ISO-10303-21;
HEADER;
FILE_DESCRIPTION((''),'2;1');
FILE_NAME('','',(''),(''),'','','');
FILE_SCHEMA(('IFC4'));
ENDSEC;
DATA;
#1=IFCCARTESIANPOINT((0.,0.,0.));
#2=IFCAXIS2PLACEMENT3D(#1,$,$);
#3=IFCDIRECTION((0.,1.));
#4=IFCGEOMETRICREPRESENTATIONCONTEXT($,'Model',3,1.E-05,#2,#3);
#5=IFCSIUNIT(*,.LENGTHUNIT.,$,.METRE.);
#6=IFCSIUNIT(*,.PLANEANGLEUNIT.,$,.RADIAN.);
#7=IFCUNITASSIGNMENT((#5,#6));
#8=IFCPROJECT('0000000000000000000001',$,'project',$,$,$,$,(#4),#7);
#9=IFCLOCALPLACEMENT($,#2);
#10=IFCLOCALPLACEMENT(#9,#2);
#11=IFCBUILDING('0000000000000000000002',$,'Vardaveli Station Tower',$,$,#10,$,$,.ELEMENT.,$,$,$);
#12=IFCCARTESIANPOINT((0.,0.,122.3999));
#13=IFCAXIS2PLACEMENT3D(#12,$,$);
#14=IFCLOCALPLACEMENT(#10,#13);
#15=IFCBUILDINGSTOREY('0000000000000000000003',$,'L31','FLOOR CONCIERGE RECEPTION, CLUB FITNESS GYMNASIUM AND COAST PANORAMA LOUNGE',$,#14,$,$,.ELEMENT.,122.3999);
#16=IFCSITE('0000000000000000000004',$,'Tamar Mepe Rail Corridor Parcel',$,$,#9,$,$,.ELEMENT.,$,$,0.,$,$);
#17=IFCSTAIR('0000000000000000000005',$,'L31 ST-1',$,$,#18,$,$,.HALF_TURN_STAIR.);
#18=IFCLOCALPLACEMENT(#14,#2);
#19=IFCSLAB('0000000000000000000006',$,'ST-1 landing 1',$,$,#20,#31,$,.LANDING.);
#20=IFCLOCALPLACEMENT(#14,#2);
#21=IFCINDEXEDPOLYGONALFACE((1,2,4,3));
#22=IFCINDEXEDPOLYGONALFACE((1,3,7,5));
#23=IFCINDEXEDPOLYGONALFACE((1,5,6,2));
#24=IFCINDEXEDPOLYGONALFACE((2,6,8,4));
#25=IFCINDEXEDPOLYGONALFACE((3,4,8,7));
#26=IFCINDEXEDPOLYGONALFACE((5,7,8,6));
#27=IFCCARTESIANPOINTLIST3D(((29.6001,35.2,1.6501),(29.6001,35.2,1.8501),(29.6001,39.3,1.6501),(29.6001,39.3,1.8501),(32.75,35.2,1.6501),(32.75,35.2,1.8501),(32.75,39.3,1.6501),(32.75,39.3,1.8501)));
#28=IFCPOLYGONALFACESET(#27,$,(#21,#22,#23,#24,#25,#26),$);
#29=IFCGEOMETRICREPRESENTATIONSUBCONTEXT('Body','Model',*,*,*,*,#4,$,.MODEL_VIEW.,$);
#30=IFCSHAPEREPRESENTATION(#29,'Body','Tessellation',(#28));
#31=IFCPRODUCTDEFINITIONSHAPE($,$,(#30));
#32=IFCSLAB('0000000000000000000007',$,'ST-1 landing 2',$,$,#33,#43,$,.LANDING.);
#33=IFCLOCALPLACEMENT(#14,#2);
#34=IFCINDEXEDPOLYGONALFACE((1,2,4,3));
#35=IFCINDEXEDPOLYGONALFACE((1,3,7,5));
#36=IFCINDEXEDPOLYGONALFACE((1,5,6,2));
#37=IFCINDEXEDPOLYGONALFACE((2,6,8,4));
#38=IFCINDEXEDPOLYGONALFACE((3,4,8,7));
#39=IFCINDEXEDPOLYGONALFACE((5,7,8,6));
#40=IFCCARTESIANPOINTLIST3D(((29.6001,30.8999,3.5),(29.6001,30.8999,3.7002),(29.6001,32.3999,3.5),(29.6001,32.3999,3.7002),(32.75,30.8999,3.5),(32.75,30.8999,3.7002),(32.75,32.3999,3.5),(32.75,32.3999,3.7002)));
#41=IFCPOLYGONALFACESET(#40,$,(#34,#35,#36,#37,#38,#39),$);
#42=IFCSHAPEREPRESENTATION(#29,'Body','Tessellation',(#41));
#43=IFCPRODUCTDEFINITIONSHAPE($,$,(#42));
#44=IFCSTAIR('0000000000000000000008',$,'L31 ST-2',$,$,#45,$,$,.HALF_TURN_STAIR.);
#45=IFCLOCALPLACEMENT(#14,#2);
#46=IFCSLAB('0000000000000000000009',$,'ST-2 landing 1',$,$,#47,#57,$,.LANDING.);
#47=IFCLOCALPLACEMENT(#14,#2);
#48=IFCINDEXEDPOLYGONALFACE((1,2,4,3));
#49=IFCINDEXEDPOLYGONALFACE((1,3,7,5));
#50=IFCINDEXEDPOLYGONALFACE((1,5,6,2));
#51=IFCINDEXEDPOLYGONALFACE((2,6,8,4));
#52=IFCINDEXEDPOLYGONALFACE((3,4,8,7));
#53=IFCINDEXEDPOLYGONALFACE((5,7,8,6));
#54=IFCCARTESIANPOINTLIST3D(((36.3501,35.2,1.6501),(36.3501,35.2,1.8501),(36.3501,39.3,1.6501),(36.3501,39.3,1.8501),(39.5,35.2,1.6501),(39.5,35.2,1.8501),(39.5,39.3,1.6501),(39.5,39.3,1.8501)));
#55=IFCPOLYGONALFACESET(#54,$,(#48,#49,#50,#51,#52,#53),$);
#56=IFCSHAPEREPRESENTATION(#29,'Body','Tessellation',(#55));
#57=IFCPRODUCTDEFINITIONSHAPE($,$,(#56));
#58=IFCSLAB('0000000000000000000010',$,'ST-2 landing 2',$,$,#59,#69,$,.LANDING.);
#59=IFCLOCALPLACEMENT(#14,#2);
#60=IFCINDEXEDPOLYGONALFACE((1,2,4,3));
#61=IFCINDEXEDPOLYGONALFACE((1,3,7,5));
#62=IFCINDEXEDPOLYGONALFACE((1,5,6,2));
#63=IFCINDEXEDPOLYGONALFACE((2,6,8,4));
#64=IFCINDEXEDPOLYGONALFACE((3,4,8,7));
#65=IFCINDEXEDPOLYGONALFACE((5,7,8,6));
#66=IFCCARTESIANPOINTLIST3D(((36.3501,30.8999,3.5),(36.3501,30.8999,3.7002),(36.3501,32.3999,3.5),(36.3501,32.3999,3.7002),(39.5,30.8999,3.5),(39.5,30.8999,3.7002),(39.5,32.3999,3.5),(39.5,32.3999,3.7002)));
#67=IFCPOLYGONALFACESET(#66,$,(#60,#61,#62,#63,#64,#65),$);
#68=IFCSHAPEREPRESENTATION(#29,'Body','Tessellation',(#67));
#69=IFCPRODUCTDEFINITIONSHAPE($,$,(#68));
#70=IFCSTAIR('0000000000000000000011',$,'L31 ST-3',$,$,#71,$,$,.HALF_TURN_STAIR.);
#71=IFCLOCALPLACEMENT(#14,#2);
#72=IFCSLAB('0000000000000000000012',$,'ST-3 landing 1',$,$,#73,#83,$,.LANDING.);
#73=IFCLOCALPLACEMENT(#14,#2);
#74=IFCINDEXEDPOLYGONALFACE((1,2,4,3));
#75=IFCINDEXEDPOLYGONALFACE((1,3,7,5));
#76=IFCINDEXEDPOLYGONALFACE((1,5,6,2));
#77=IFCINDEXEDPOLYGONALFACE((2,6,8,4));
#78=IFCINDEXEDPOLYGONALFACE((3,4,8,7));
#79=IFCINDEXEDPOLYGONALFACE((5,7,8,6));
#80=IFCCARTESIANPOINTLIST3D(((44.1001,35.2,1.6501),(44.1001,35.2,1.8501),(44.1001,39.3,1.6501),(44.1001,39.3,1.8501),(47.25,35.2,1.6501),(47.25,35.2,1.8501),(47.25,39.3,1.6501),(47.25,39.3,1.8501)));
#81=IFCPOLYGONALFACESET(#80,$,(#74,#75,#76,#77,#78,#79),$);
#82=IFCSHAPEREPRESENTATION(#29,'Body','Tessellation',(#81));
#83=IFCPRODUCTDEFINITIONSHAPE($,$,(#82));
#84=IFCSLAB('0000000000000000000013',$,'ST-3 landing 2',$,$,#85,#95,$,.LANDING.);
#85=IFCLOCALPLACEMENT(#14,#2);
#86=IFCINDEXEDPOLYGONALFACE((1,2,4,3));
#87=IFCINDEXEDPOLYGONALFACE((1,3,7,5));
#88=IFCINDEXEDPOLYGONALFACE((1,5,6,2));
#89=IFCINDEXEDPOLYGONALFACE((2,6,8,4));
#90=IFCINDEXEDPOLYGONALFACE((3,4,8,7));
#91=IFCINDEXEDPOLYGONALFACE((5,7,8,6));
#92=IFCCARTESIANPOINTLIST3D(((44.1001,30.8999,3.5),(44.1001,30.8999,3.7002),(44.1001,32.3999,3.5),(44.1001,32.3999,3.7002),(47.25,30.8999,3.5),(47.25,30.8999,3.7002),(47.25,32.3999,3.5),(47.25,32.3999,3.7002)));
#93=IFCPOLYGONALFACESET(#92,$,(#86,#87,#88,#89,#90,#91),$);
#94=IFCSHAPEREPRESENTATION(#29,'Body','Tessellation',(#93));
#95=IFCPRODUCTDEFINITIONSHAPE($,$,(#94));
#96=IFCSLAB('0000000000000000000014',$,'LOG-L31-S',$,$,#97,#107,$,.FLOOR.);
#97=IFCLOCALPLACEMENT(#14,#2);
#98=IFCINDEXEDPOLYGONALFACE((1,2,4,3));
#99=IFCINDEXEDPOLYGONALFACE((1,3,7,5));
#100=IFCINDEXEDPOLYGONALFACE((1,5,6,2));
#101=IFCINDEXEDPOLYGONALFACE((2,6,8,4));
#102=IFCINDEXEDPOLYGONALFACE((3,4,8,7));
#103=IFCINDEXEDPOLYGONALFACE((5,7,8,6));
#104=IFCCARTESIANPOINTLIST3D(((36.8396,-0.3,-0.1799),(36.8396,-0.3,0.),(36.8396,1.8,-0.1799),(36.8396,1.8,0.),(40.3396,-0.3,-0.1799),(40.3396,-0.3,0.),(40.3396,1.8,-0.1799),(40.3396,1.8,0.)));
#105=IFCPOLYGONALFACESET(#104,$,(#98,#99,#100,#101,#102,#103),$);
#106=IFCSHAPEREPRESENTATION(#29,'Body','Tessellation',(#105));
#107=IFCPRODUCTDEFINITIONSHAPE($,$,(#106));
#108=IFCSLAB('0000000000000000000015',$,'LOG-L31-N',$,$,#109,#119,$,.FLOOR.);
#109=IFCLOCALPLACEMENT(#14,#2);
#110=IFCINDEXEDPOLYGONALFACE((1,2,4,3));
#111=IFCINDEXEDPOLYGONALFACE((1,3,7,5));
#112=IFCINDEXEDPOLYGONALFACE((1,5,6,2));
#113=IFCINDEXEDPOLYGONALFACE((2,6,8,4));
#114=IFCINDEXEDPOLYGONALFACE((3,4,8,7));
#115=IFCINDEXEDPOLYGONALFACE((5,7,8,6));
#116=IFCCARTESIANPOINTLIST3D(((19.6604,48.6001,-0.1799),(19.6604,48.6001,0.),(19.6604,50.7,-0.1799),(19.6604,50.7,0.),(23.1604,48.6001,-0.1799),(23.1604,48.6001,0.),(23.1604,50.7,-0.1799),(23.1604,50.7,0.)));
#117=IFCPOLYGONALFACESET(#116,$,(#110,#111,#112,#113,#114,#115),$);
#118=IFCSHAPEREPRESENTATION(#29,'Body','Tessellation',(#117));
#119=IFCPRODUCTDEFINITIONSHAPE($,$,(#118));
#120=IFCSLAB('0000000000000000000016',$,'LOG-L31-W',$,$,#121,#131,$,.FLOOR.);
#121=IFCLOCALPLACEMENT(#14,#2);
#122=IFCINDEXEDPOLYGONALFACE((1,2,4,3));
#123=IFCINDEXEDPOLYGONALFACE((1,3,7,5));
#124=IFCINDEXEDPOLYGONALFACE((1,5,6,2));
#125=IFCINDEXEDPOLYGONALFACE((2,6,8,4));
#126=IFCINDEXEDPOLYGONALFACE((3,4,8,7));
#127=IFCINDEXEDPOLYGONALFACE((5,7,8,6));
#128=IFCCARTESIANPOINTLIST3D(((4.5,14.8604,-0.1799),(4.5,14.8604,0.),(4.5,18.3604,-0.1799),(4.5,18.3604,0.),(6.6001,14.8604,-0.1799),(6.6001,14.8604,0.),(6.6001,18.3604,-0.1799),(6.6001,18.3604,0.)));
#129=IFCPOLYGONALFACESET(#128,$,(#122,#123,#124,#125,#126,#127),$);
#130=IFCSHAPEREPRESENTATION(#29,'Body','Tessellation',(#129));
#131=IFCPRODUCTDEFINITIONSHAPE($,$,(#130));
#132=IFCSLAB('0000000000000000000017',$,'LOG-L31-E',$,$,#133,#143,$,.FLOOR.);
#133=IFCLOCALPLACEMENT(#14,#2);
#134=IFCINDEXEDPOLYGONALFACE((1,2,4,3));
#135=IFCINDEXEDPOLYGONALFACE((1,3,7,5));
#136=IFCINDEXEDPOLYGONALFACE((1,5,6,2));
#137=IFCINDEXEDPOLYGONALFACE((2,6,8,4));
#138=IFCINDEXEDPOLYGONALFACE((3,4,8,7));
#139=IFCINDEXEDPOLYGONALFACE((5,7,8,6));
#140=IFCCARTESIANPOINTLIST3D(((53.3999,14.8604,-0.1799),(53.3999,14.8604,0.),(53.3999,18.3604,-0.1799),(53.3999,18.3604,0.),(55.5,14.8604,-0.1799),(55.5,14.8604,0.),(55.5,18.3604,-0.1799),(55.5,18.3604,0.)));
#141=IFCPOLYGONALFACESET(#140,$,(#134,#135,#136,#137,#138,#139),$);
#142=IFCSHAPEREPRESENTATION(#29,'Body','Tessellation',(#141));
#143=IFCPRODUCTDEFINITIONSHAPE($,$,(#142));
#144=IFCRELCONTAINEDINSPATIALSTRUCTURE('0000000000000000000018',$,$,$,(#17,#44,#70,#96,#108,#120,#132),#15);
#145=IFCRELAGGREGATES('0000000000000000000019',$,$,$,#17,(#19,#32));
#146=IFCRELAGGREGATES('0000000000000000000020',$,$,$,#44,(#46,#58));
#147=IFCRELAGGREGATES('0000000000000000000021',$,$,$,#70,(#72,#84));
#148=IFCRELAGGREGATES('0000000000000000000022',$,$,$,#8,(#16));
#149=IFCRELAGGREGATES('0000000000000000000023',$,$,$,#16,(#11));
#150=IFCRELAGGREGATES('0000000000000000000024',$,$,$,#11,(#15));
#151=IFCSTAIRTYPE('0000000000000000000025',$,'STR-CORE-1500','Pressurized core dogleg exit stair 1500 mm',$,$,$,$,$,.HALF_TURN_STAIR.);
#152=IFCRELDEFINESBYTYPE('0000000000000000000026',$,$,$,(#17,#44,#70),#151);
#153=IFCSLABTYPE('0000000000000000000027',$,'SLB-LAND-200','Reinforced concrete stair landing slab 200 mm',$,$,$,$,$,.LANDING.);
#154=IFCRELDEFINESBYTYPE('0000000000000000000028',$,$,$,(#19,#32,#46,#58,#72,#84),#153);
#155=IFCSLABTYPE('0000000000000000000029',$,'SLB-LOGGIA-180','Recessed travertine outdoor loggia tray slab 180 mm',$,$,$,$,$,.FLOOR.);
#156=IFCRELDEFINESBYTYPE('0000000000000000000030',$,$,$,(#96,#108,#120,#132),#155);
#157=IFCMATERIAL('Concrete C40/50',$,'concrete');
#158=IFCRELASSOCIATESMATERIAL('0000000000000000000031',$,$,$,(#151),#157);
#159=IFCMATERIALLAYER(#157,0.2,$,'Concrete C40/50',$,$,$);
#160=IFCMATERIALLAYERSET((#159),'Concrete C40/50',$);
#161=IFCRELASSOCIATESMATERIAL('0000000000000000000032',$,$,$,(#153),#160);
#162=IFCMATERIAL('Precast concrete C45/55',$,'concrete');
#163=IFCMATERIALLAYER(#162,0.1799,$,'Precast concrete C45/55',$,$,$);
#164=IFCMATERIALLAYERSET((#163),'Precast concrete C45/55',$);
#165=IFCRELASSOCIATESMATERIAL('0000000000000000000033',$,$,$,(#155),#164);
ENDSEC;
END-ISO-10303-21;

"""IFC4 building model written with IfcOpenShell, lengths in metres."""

from ifc_helpers import new_model, si_unit, direction, frame, origin, place, context, subcontext, project, spatial, polyline, outline, extrude, material, layer, layer_set, type_object, element, aggregate, save


model = new_model("IFC4")

# Units and contexts
model_context = context("Model", 3, precision=1e-05, world=origin(), true_north=direction((0.0, 1.0)))
body_context = subcontext(model_context, "Body", "Model", "MODEL_VIEW")
ifc_project = project(units=[si_unit("LENGTHUNIT", "METRE"), si_unit("PLANEANGLEUNIT", "RADIAN")], contexts=[model_context])

# Site, building, storey
site_placement = place(None, origin())
site = spatial("IfcSite", under=ifc_project, at=site_placement, Name="Tamar Mepe Rail Corridor Parcel", CompositionType="ELEMENT", RefElevation=0.0)
building_placement = place(site_placement, origin())
building = spatial("IfcBuilding", under=site, at=building_placement, Name="Vardaveli Station Tower", CompositionType="ELEMENT")
storey_placement = place(building_placement, frame((0.0, 0.0, 122.3999)))
storey = spatial("IfcBuildingStorey", under=building, at=storey_placement, Name="L31", Description="FLOOR CONCIERGE RECEPTION, CLUB FITNESS GYMNASIUM AND COAST PANORAMA LOUNGE", CompositionType="ELEMENT", Elevation=122.3999)

# Stairs, slabs
ifc_material_1 = material(Name="Concrete C40/50", Category="concrete")
stair_type = type_object("IfcStairType", Name="STR-CORE-1500", Description="Pressurized core dogleg exit stair 1500 mm", PredefinedType="HALF_TURN_STAIR", material=ifc_material_1)
stair_1_placement = place(storey_placement, origin())
stair_1 = element("IfcStair", 1, at=stair_1_placement, inside=storey, type_object=stair_type, Name="L31 ST-1", PredefinedType="HALF_TURN_STAIR")
ifc_layer_1 = layer(ifc_material_1, 0.2, Name="Concrete C40/50")
ifc_layer_set_1 = layer_set([ifc_layer_1], Name="Concrete C40/50")
slab_type_1 = type_object("IfcSlabType", Name="SLB-LAND-200", Description="Reinforced concrete stair landing slab 200 mm", PredefinedType="LANDING", material=ifc_layer_set_1)
slab_1_placement = place(storey_placement, frame((0.0, 0.0, 1.6501)))
slab_1 = element("IfcSlab", 2, at=slab_1_placement, type_object=slab_type_1, Name="ST-1 landing 1", PredefinedType="LANDING", context=body_context, shape_type="SweptSolid", body=[
    extrude(outline(polyline([(32.75, 35.2), (32.75, 39.3), (29.6001, 39.3), (29.6001, 35.2), (32.75, 35.2)])), origin(), (0.0, 0.0, 1.0), 0.2),
])
slab_2_placement = place(storey_placement, frame((0.0, 0.0, 3.5)))
slab_2 = element("IfcSlab", 3, at=slab_2_placement, type_object=slab_type_1, Name="ST-1 landing 2", PredefinedType="LANDING", context=body_context, shape_type="SweptSolid", body=[
    extrude(outline(polyline([(32.75, 30.8999), (32.75, 32.3999), (29.6001, 32.3999), (29.6001, 30.8999), (32.75, 30.8999)])), origin(), (0.0, 0.0, 1.0), 0.2002),
])
aggregate(stair_1, [slab_1, slab_2])
stair_2_placement = place(storey_placement, origin())
stair_2 = element("IfcStair", 4, at=stair_2_placement, inside=storey, type_object=stair_type, Name="L31 ST-2", PredefinedType="HALF_TURN_STAIR")
slab_3_placement = place(storey_placement, frame((0.0, 0.0, 1.6501)))
slab_3 = element("IfcSlab", 5, at=slab_3_placement, type_object=slab_type_1, Name="ST-2 landing 1", PredefinedType="LANDING", context=body_context, shape_type="SweptSolid", body=[
    extrude(outline(polyline([(39.5, 35.2), (39.5, 39.3), (36.3501, 39.3), (36.3501, 35.2), (39.5, 35.2)])), origin(), (0.0, 0.0, 1.0), 0.2),
])
slab_4_placement = place(storey_placement, frame((0.0, 0.0, 3.5)))
slab_4 = element("IfcSlab", 6, at=slab_4_placement, type_object=slab_type_1, Name="ST-2 landing 2", PredefinedType="LANDING", context=body_context, shape_type="SweptSolid", body=[
    extrude(outline(polyline([(39.5, 30.8999), (39.5, 32.3999), (36.3501, 32.3999), (36.3501, 30.8999), (39.5, 30.8999)])), origin(), (0.0, 0.0, 1.0), 0.2002),
])
aggregate(stair_2, [slab_3, slab_4])
stair_3_placement = place(storey_placement, origin())
stair_3 = element("IfcStair", 7, at=stair_3_placement, inside=storey, type_object=stair_type, Name="L31 ST-3", PredefinedType="HALF_TURN_STAIR")
slab_5_placement = place(storey_placement, frame((0.0, 0.0, 1.6501)))
slab_5 = element("IfcSlab", 8, at=slab_5_placement, type_object=slab_type_1, Name="ST-3 landing 1", PredefinedType="LANDING", context=body_context, shape_type="SweptSolid", body=[
    extrude(outline(polyline([(47.25, 35.2), (47.25, 39.3), (44.1001, 39.3), (44.1001, 35.2), (47.25, 35.2)])), origin(), (0.0, 0.0, 1.0), 0.2),
])
slab_6_placement = place(storey_placement, frame((0.0, 0.0, 3.5)))
slab_6 = element("IfcSlab", 9, at=slab_6_placement, type_object=slab_type_1, Name="ST-3 landing 2", PredefinedType="LANDING", context=body_context, shape_type="SweptSolid", body=[
    extrude(outline(polyline([(47.25, 30.8999), (47.25, 32.3999), (44.1001, 32.3999), (44.1001, 30.8999), (47.25, 30.8999)])), origin(), (0.0, 0.0, 1.0), 0.2002),
])
aggregate(stair_3, [slab_5, slab_6])

# Slabs
ifc_material_2 = material(Name="Precast concrete C45/55", Category="concrete")
ifc_layer_2 = layer(ifc_material_2, 0.1799, Name="Precast concrete C45/55")
ifc_layer_set_2 = layer_set([ifc_layer_2], Name="Precast concrete C45/55")
slab_type_2 = type_object("IfcSlabType", Name="SLB-LOGGIA-180", Description="Recessed travertine outdoor loggia tray slab 180 mm", PredefinedType="FLOOR", material=ifc_layer_set_2)
slab_7_placement = place(storey_placement, frame((0.0, 0.0, -0.1799)))
element("IfcSlab", 10, at=slab_7_placement, inside=storey, type_object=slab_type_2, Name="LOG-L31-S", PredefinedType="FLOOR", context=body_context, shape_type="SweptSolid", body=[
    extrude(outline(polyline([(36.8396, -0.3), (40.3396, -0.3), (40.3396, 1.8), (36.8396, 1.8), (36.8396, -0.3)])), origin(), (0.0, 0.0, 1.0), 0.1799),
])
slab_8_placement = place(storey_placement, frame((0.0, 0.0, -0.1799)))
element("IfcSlab", 11, at=slab_8_placement, inside=storey, type_object=slab_type_2, Name="LOG-L31-N", PredefinedType="FLOOR", context=body_context, shape_type="SweptSolid", body=[
    extrude(outline(polyline([(19.6604, 48.6001), (23.1604, 48.6001), (23.1604, 50.7), (19.6604, 50.7), (19.6604, 48.6001)])), origin(), (0.0, 0.0, 1.0), 0.1799),
])
slab_9_placement = place(storey_placement, frame((0.0, 0.0, -0.1799)))
element("IfcSlab", 12, at=slab_9_placement, inside=storey, type_object=slab_type_2, Name="LOG-L31-W", PredefinedType="FLOOR", context=body_context, shape_type="SweptSolid", body=[
    extrude(outline(polyline([(4.5, 14.8604), (6.6001, 14.8604), (6.6001, 18.3604), (4.5, 18.3604), (4.5, 14.8604)])), origin(), (0.0, 0.0, 1.0), 0.1799),
])
slab_10_placement = place(storey_placement, frame((0.0, 0.0, -0.1799)))
element("IfcSlab", 13, at=slab_10_placement, inside=storey, type_object=slab_type_2, Name="LOG-L31-E", PredefinedType="FLOOR", context=body_context, shape_type="SweptSolid", body=[
    extrude(outline(polyline([(53.3999, 14.8604), (55.5, 14.8604), (55.5, 18.3604), (53.3999, 18.3604), (53.3999, 14.8604)])), origin(), (0.0, 0.0, 1.0), 0.1799),
])

save(model, "model.ifc")
